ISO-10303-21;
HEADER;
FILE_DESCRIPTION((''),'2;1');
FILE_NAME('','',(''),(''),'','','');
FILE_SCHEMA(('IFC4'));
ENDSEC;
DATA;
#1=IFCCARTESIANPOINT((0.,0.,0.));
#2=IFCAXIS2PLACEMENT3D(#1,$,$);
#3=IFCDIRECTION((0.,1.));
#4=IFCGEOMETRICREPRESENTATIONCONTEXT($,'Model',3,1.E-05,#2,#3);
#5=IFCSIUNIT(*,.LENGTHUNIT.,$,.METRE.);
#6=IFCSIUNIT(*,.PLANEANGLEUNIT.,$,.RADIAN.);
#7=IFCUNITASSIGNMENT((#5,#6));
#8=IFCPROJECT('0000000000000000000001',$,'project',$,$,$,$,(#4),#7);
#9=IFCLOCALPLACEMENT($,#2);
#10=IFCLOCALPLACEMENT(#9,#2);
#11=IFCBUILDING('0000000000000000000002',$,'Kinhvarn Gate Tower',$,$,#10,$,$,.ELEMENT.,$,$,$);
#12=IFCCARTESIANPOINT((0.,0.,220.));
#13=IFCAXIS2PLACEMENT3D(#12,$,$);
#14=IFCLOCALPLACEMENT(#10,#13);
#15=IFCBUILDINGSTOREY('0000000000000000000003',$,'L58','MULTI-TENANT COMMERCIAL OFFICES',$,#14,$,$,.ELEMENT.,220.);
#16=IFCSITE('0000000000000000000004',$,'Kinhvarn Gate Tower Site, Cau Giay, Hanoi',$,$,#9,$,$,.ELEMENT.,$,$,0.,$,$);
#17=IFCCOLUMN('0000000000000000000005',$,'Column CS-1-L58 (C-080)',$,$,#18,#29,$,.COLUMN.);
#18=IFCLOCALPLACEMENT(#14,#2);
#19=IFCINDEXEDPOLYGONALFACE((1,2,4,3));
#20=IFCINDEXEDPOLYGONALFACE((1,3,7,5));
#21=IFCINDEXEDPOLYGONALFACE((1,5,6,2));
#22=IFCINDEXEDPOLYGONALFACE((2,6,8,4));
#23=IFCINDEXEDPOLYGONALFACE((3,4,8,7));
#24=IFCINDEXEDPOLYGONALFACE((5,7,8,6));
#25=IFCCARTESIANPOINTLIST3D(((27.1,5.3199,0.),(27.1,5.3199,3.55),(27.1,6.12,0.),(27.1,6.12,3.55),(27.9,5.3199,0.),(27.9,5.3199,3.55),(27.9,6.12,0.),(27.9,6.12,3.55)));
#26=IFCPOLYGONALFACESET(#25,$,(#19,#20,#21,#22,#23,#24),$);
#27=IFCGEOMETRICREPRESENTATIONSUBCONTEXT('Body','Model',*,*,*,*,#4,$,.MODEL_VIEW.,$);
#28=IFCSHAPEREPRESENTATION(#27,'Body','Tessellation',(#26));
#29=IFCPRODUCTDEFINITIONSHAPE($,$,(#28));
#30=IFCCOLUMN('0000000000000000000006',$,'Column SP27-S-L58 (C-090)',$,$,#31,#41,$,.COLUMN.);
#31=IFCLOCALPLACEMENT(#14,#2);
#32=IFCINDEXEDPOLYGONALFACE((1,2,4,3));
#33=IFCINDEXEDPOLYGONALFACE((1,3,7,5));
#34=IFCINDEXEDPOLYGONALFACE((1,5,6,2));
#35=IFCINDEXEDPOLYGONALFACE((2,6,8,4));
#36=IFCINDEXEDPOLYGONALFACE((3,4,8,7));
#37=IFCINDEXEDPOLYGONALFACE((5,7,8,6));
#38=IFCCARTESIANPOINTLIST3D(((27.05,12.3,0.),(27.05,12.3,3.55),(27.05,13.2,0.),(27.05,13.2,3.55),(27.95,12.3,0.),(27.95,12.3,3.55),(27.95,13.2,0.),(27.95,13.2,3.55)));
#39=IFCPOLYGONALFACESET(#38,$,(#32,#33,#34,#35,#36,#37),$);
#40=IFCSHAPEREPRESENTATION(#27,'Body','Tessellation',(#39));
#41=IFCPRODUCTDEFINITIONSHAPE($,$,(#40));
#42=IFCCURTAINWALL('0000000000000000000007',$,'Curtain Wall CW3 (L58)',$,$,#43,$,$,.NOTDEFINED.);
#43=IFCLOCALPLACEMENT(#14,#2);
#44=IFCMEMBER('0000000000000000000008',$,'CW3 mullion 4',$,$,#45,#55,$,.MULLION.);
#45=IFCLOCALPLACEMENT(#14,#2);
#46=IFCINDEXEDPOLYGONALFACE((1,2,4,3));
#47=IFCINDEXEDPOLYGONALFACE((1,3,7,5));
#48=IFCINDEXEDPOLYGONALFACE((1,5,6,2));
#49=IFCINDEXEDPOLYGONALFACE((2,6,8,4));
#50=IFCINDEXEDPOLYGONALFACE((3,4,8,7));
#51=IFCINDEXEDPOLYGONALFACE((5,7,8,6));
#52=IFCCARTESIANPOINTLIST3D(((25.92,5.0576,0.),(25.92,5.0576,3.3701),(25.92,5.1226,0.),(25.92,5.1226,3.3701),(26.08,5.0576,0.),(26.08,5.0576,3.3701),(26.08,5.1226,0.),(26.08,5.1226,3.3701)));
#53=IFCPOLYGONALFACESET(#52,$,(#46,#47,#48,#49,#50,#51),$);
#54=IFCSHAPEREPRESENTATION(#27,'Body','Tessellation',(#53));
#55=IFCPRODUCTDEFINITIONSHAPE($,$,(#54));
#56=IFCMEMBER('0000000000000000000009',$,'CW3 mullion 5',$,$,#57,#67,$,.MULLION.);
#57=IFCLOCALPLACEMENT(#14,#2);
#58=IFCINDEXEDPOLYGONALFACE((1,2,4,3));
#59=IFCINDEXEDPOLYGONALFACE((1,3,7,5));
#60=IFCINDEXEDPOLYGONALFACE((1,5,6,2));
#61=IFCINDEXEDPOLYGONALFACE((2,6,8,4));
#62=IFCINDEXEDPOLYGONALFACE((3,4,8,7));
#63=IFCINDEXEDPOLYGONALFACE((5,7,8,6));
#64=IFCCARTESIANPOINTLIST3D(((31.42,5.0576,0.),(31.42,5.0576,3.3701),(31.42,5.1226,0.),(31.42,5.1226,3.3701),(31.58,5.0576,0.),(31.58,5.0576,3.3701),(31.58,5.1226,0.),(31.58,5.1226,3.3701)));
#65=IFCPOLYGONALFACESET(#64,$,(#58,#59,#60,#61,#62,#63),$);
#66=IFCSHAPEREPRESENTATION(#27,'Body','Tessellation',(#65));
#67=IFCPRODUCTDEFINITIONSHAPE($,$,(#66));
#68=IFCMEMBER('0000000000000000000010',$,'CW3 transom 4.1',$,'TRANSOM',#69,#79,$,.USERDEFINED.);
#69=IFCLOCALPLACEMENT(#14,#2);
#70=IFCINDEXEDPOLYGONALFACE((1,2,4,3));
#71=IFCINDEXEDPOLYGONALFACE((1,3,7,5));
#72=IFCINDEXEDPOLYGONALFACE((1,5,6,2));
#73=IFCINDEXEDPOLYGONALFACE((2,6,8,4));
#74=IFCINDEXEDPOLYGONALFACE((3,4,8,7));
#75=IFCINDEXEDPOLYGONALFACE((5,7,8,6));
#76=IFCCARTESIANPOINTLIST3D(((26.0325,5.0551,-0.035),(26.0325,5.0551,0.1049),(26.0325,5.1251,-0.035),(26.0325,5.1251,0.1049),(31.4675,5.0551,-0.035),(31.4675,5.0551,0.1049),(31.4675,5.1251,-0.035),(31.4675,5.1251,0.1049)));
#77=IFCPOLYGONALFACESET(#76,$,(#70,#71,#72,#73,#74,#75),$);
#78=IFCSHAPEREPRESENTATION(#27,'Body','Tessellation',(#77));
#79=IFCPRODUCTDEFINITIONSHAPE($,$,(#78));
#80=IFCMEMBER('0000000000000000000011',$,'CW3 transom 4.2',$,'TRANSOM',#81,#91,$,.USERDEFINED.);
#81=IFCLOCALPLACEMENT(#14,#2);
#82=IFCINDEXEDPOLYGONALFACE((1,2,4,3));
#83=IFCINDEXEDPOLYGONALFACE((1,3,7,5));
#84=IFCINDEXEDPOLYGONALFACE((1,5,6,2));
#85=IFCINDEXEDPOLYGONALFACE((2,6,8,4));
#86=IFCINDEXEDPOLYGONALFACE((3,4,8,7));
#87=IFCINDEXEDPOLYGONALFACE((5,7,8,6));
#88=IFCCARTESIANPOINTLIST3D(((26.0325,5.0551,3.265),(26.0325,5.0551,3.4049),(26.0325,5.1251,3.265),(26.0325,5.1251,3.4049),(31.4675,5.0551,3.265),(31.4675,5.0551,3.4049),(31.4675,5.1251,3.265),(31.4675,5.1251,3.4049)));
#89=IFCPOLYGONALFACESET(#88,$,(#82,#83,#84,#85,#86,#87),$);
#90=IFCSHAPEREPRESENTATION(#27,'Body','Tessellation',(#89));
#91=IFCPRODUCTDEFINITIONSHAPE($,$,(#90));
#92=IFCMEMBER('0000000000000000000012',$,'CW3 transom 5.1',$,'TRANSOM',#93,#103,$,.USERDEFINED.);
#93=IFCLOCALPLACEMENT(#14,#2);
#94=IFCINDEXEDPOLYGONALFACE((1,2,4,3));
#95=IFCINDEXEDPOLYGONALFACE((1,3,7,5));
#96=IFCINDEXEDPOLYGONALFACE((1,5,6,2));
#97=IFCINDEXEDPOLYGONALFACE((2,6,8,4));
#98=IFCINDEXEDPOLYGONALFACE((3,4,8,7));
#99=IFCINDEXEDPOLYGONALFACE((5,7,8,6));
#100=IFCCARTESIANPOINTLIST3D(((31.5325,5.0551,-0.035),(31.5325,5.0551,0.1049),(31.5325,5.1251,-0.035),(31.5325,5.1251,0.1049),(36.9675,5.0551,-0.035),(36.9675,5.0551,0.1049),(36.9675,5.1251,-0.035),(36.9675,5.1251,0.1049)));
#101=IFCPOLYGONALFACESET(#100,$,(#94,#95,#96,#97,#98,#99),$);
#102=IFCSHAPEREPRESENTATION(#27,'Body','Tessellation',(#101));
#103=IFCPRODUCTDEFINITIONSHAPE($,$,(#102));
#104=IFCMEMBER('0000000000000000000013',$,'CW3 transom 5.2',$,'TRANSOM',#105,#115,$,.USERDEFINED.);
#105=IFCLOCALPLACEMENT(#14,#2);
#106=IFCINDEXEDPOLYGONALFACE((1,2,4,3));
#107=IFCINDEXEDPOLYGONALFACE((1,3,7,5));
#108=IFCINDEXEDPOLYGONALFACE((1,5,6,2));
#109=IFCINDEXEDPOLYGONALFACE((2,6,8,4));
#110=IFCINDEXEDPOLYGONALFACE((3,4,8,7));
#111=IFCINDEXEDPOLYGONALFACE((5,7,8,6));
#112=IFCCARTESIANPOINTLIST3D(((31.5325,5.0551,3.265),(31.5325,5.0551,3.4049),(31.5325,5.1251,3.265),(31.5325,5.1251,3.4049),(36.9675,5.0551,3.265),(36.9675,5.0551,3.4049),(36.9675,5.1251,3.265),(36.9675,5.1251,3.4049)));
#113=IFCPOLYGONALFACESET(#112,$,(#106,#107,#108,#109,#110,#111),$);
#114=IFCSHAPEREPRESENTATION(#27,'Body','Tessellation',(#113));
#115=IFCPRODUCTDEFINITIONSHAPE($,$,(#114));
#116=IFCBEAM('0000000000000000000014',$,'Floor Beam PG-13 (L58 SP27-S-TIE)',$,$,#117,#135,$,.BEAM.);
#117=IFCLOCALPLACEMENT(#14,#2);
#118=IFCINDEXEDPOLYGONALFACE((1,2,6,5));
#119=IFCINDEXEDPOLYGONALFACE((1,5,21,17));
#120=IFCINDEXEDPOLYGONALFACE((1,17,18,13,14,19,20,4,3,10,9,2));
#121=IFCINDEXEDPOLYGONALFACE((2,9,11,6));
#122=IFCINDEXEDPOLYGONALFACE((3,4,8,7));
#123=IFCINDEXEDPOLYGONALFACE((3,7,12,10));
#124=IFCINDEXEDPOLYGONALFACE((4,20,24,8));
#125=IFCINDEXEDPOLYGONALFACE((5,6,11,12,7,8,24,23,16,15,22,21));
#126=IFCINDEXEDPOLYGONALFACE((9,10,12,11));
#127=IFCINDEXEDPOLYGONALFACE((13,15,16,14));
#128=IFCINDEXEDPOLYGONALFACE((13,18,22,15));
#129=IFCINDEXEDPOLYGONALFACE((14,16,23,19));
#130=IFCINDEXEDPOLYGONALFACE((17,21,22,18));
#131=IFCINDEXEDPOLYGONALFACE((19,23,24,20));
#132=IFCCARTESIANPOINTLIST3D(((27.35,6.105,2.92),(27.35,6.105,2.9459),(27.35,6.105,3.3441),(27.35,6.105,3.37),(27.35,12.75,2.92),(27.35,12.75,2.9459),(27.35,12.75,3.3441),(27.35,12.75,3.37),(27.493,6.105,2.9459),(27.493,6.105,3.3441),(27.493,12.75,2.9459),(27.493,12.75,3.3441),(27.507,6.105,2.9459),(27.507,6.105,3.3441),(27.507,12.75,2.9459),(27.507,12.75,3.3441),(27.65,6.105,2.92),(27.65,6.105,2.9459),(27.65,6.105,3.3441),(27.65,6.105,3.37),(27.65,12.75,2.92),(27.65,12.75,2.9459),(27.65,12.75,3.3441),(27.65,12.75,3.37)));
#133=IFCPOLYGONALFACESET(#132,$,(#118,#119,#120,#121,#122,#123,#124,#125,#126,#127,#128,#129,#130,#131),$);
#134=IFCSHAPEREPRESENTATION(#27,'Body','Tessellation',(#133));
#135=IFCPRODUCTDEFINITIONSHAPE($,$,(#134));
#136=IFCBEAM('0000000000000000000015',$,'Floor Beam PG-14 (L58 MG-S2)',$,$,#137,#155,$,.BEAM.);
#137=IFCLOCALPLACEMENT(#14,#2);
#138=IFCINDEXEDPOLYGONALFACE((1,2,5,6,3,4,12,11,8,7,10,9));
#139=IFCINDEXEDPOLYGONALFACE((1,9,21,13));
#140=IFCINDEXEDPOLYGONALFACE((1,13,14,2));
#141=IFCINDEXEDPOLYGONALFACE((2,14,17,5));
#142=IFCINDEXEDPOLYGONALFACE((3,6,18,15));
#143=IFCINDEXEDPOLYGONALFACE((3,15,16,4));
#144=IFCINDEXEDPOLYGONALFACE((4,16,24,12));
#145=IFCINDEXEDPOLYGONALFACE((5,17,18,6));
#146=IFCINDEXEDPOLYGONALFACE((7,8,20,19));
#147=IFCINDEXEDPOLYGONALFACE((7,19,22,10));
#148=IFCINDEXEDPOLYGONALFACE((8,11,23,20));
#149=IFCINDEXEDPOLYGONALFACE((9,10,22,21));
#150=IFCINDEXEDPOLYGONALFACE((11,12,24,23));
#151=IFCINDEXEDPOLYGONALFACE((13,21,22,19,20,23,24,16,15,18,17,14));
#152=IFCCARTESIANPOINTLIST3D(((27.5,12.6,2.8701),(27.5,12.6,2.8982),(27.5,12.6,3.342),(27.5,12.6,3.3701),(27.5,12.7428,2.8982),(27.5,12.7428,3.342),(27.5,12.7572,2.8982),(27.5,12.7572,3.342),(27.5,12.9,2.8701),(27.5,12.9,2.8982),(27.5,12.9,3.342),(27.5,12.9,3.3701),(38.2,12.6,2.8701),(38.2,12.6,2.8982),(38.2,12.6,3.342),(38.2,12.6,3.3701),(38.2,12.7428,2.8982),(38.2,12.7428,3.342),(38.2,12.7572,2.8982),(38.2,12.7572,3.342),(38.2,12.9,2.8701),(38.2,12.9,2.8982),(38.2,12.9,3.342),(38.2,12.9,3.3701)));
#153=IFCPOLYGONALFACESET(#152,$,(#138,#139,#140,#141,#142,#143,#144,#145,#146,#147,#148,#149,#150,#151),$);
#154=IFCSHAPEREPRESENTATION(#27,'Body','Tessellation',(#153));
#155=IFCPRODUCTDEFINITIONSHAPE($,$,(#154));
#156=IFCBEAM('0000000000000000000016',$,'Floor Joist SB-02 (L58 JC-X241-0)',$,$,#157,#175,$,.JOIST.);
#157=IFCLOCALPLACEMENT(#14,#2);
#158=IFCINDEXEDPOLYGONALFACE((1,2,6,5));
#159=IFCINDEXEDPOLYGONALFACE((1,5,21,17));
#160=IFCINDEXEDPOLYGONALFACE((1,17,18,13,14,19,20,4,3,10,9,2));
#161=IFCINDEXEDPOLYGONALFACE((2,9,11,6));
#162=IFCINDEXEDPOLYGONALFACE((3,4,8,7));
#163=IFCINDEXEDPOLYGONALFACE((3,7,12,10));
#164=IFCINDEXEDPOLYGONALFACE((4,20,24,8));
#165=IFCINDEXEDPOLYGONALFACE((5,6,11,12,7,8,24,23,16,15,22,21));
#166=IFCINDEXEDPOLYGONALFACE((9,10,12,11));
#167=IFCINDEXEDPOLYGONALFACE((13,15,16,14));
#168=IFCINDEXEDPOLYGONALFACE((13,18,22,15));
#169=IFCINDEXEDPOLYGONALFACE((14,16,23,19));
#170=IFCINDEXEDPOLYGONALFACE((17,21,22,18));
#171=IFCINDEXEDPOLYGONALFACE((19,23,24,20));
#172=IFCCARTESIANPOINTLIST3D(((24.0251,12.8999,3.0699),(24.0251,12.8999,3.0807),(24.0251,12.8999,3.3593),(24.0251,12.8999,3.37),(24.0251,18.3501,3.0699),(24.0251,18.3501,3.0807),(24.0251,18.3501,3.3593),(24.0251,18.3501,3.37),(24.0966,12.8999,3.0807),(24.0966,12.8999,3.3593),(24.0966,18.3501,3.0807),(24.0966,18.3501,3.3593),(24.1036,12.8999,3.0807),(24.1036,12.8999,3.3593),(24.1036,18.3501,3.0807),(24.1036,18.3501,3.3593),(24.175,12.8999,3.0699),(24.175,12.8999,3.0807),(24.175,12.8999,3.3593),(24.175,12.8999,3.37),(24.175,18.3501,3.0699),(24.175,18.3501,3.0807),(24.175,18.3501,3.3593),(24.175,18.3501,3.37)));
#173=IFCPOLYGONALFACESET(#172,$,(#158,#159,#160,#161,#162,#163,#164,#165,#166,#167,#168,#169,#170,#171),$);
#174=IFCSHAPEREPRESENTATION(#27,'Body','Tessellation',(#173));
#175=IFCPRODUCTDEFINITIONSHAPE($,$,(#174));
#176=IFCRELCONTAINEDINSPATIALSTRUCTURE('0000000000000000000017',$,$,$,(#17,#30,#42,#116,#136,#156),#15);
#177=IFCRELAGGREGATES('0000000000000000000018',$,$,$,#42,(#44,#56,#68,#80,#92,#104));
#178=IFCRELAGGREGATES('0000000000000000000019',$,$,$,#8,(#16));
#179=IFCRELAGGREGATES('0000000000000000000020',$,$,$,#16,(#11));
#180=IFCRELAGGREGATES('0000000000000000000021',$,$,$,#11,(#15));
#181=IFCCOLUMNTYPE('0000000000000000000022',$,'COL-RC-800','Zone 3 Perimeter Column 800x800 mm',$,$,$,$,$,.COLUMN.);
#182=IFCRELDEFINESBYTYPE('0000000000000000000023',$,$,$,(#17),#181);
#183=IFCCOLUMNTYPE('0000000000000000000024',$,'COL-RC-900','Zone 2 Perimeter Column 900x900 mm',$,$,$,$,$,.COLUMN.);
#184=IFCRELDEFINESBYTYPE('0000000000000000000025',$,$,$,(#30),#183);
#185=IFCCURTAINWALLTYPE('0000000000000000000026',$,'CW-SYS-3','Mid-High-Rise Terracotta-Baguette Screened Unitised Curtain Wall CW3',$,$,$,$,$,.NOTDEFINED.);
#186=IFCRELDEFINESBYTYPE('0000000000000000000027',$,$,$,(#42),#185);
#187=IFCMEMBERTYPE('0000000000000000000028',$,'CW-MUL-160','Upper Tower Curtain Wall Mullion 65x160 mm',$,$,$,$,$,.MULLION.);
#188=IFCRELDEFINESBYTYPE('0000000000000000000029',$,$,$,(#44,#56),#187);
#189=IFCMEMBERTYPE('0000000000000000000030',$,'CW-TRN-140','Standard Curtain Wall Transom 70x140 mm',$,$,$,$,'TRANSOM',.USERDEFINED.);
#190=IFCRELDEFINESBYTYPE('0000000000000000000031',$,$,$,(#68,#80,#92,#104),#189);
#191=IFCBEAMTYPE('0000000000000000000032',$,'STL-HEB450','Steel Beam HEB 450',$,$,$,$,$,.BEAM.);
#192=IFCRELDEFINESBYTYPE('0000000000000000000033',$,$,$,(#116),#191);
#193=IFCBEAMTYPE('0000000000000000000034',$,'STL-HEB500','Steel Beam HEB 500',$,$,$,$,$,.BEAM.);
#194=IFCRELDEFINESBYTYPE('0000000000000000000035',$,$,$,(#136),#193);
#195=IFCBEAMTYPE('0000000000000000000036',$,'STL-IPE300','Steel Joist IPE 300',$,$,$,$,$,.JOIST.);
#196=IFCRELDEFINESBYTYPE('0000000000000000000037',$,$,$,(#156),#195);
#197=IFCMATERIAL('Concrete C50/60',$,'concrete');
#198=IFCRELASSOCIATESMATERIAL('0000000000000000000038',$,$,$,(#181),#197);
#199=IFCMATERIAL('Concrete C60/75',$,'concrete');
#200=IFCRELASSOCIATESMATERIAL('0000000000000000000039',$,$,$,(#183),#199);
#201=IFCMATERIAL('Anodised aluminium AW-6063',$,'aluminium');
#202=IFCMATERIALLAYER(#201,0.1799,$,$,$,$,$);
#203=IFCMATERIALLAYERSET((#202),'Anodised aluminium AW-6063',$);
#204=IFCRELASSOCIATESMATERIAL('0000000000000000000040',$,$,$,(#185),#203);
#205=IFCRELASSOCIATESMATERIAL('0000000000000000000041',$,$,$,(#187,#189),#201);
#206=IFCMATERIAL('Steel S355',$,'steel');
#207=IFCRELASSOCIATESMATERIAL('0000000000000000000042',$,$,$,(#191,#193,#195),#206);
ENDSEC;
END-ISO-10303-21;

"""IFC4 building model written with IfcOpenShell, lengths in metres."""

from ifc_helpers import new_model, si_unit, direction, frame, origin, origin_2d, place, context, subcontext, project, spatial, rectangle, i_section, extrude, material, layer, layer_set, material_profile, profile_set, type_object, element, aggregate, save


model = new_model("IFC4")

# Units and contexts
model_context = context("Model", 3, precision=1e-05, world=origin(), true_north=direction((0.0, 1.0)))
body_context = subcontext(model_context, "Body", "Model", "MODEL_VIEW")
ifc_project = project(units=[si_unit("LENGTHUNIT", "METRE"), si_unit("PLANEANGLEUNIT", "RADIAN")], contexts=[model_context])

# Site, building, storey
site_placement = place(None, origin())
site = spatial("IfcSite", under=ifc_project, at=site_placement, Name="Kinhvarn Gate Tower Site, Cau Giay, Hanoi", CompositionType="ELEMENT", RefElevation=0.0)
building_placement = place(site_placement, origin())
building = spatial("IfcBuilding", under=site, at=building_placement, Name="Kinhvarn Gate Tower", CompositionType="ELEMENT")
storey_placement = place(building_placement, frame((0.0, 0.0, 220.0)))
storey = spatial("IfcBuildingStorey", under=building, at=storey_placement, Name="L58", Description="MULTI-TENANT COMMERCIAL OFFICES", CompositionType="ELEMENT", Elevation=220.0)

# Columns
ifc_material_1 = material(Name="Concrete C50/60", Category="concrete")
ifc_material_profile_1 = material_profile(ifc_material_1, rectangle(XDim=0.8, YDim=0.8, at=origin_2d()), Name="RC 800x800")
ifc_profile_set_1 = profile_set([ifc_material_profile_1], Name="Concrete C50/60")
column_type_1 = type_object("IfcColumnType", Name="COL-RC-800", Description="Zone 3 Perimeter Column 800x800 mm", PredefinedType="COLUMN", material=ifc_profile_set_1)
column_1_placement = place(storey_placement, frame((27.5, 5.72, 0.0), z_axis=(0.0, 0.0, 1.0), x_axis=(1.0, 0.0, 0.0)))
element("IfcColumn", 1, at=column_1_placement, inside=storey, type_object=column_type_1, Name="Column CS-1-L58 (C-080)", PredefinedType="COLUMN", context=body_context, shape_type="SweptSolid", body=[
    extrude(rectangle(XDim=0.8, YDim=0.8, at=origin_2d()), origin(), (0.0, 0.0, 1.0), 3.55),
])
ifc_material_2 = material(Name="Concrete C60/75", Category="concrete")
ifc_material_profile_2 = material_profile(ifc_material_2, rectangle(XDim=0.8999, YDim=0.8999, at=origin_2d()), Name="RC 900x900")
ifc_profile_set_2 = profile_set([ifc_material_profile_2], Name="Concrete C60/75")
column_type_2 = type_object("IfcColumnType", Name="COL-RC-900", Description="Zone 2 Perimeter Column 900x900 mm", PredefinedType="COLUMN", material=ifc_profile_set_2)
column_2_placement = place(storey_placement, frame((27.5, 12.75, 0.0), z_axis=(0.0, 0.0, 1.0), x_axis=(1.0, 0.0, 0.0)))
element("IfcColumn", 2, at=column_2_placement, inside=storey, type_object=column_type_2, Name="Column SP27-S-L58 (C-090)", PredefinedType="COLUMN", context=body_context, shape_type="SweptSolid", body=[
    extrude(rectangle(XDim=0.8999, YDim=0.8999, at=origin_2d()), origin(), (0.0, 0.0, 1.0), 3.55),
])

# Curtain wall, members
ifc_material_3 = material(Name="Anodised aluminium AW-6063", Category="aluminium")
ifc_layer_1 = layer(ifc_material_3, 0.1799)
ifc_layer_set_1 = layer_set([ifc_layer_1], Name="Anodised aluminium AW-6063")
curtain_wall_type = type_object("IfcCurtainWallType", Name="CW-SYS-3", Description="Mid-High-Rise Terracotta-Baguette Screened Unitised Curtain Wall CW3", PredefinedType="NOTDEFINED", material=ifc_layer_set_1)
curtain_wall_placement = place(storey_placement, origin())
curtain_wall = element("IfcCurtainWall", 3, at=curtain_wall_placement, inside=storey, type_object=curtain_wall_type, Name="Curtain Wall CW3 (L58)", PredefinedType="NOTDEFINED")
ifc_material_profile_3 = material_profile(ifc_material_3, rectangle(XDim=0.0649, YDim=0.1599, at=origin_2d()), Name="ALU 65x160")
ifc_profile_set_3 = profile_set([ifc_material_profile_3], Name="Anodised aluminium AW-6063")
member_type_1 = type_object("IfcMemberType", Name="CW-MUL-160", Description="Upper Tower Curtain Wall Mullion 65x160 mm", PredefinedType="MULLION", material=ifc_profile_set_3)
member_1_placement = place(storey_placement, frame((26.0, 5.0901, 0.0), z_axis=(0.0, 0.0, 1.0), x_axis=(0.0, 1.0, 0.0)))
member_1 = element("IfcMember", 4, at=member_1_placement, type_object=member_type_1, Name="CW3 mullion 4", PredefinedType="MULLION", context=body_context, shape_type="SweptSolid", body=[
    extrude(rectangle(XDim=0.0649, YDim=0.1599, at=origin_2d()), origin(), (0.0, 0.0, 1.0), 3.3701),
])
member_2_placement = place(storey_placement, frame((31.5, 5.0901, 0.0), z_axis=(0.0, 0.0, 1.0), x_axis=(0.0, 1.0, 0.0)))
member_2 = element("IfcMember", 5, at=member_2_placement, type_object=member_type_1, Name="CW3 mullion 5", PredefinedType="MULLION", context=body_context, shape_type="SweptSolid", body=[
    extrude(rectangle(XDim=0.0649, YDim=0.1599, at=origin_2d()), origin(), (0.0, 0.0, 1.0), 3.3701),
])
ifc_material_profile_4 = material_profile(ifc_material_3, rectangle(XDim=0.0701, YDim=0.1399, at=origin_2d()), Name="ALU 70x140")
ifc_profile_set_4 = profile_set([ifc_material_profile_4], Name="Anodised aluminium AW-6063")
member_type_2 = type_object("IfcMemberType", Name="CW-TRN-140", Description="Standard Curtain Wall Transom 70x140 mm", ElementType="TRANSOM", PredefinedType="USERDEFINED", material=ifc_profile_set_4)
member_3_placement = place(storey_placement, frame((26.0325, 5.0901, 0.0349), z_axis=(1.0, 0.0, 0.0), x_axis=(0.0, 1.0, 0.0)))
member_3 = element("IfcMember", 6, at=member_3_placement, type_object=member_type_2, Name="CW3 transom 4.1", ObjectType="TRANSOM", PredefinedType="USERDEFINED", context=body_context, shape_type="SweptSolid", body=[
    extrude(rectangle(XDim=0.0701, YDim=0.1399, at=origin_2d()), origin(), (0.0, 0.0, 1.0), 5.4351),
])
member_4_placement = place(storey_placement, frame((26.0325, 5.0901, 3.335), z_axis=(1.0, 0.0, 0.0), x_axis=(0.0, 1.0, 0.0)))
member_4 = element("IfcMember", 7, at=member_4_placement, type_object=member_type_2, Name="CW3 transom 4.2", ObjectType="TRANSOM", PredefinedType="USERDEFINED", context=body_context, shape_type="SweptSolid", body=[
    extrude(rectangle(XDim=0.0701, YDim=0.1399, at=origin_2d()), origin(), (0.0, 0.0, 1.0), 5.4351),
])
member_5_placement = place(storey_placement, frame((31.5325, 5.0901, 0.0349), z_axis=(1.0, 0.0, 0.0), x_axis=(0.0, 1.0, 0.0)))
member_5 = element("IfcMember", 8, at=member_5_placement, type_object=member_type_2, Name="CW3 transom 5.1", ObjectType="TRANSOM", PredefinedType="USERDEFINED", context=body_context, shape_type="SweptSolid", body=[
    extrude(rectangle(XDim=0.0701, YDim=0.1399, at=origin_2d()), origin(), (0.0, 0.0, 1.0), 5.4351),
])
member_6_placement = place(storey_placement, frame((31.5325, 5.0901, 3.335), z_axis=(1.0, 0.0, 0.0), x_axis=(0.0, 1.0, 0.0)))
member_6 = element("IfcMember", 9, at=member_6_placement, type_object=member_type_2, Name="CW3 transom 5.2", ObjectType="TRANSOM", PredefinedType="USERDEFINED", context=body_context, shape_type="SweptSolid", body=[
    extrude(rectangle(XDim=0.0701, YDim=0.1399, at=origin_2d()), origin(), (0.0, 0.0, 1.0), 5.4351),
])

# Beams
ifc_material_4 = material(Name="Steel S355", Category="steel")
ifc_material_profile_5 = material_profile(ifc_material_4, i_section(OverallWidth=0.3, OverallDepth=0.45, WebThickness=0.0139, FlangeThickness=0.0259, at=origin_2d()), Name="HEB 450")
ifc_profile_set_5 = profile_set([ifc_material_profile_5], Name="Steel S355")
beam_type_1 = type_object("IfcBeamType", Name="STL-HEB450", Description="Steel Beam HEB 450", PredefinedType="BEAM", material=ifc_profile_set_5)
beam_1_placement = place(storey_placement, frame((27.5, 6.105, 3.145), z_axis=(0.0, 1.0, 0.0), x_axis=(-1.0, 0.0, 0.0)))
element("IfcBeam", 10, at=beam_1_placement, inside=storey, type_object=beam_type_1, Name="Floor Beam PG-13 (L58 SP27-S-TIE)", PredefinedType="BEAM", context=body_context, shape_type="SweptSolid", body=[
    extrude(i_section(OverallWidth=0.3, OverallDepth=0.45, WebThickness=0.0139, FlangeThickness=0.0259, at=origin_2d()), origin(), (0.0, 0.0, 1.0), 6.645),
])
ifc_material_profile_6 = material_profile(ifc_material_4, i_section(OverallWidth=0.3, OverallDepth=0.5, WebThickness=0.0144, FlangeThickness=0.0281, at=origin_2d()), Name="HEB 500")
ifc_profile_set_6 = profile_set([ifc_material_profile_6], Name="Steel S355")
beam_type_2 = type_object("IfcBeamType", Name="STL-HEB500", Description="Steel Beam HEB 500", PredefinedType="BEAM", material=ifc_profile_set_6)
beam_2_placement = place(storey_placement, frame((27.5, 12.75, 3.1201), z_axis=(1.0, 0.0, 0.0), x_axis=(0.0, 1.0, 0.0)))
element("IfcBeam", 11, at=beam_2_placement, inside=storey, type_object=beam_type_2, Name="Floor Beam PG-14 (L58 MG-S2)", PredefinedType="BEAM", context=body_context, shape_type="SweptSolid", body=[
    extrude(i_section(OverallWidth=0.3, OverallDepth=0.5, WebThickness=0.0144, FlangeThickness=0.0281, at=origin_2d()), origin(), (0.0, 0.0, 1.0), 10.7),
])
ifc_material_profile_7 = material_profile(ifc_material_4, i_section(OverallWidth=0.1499, OverallDepth=0.3, WebThickness=0.0071, FlangeThickness=0.0107, at=origin_2d()), Name="IPE 300")
ifc_profile_set_7 = profile_set([ifc_material_profile_7], Name="Steel S355")
beam_type_3 = type_object("IfcBeamType", Name="STL-IPE300", Description="Steel Joist IPE 300", PredefinedType="JOIST", material=ifc_profile_set_7)
for number, where, z_axis, x_axis, name in (
    (12, (24.1001, 12.8999, 3.22), (0.0, 1.0, 0.0), (-1.0, 0.0, 0.0), "Floor Joist SB-02 (L58 JC-X241-0)"),
):
    element("IfcBeam", number, at=place(storey_placement, frame(where, z_axis=z_axis, x_axis=x_axis)), inside=storey, type_object=beam_type_3, Name=name, PredefinedType="JOIST", context=body_context, shape_type="SweptSolid", body=[
        extrude(i_section(OverallWidth=0.1499, OverallDepth=0.3, WebThickness=0.0071, FlangeThickness=0.0107, at=origin_2d()), origin(), (0.0, 0.0, 1.0), 5.4502),
    ])

aggregate(curtain_wall, [member_1, member_2, member_3, member_4, member_5, member_6])

save(model, "model.ifc")
